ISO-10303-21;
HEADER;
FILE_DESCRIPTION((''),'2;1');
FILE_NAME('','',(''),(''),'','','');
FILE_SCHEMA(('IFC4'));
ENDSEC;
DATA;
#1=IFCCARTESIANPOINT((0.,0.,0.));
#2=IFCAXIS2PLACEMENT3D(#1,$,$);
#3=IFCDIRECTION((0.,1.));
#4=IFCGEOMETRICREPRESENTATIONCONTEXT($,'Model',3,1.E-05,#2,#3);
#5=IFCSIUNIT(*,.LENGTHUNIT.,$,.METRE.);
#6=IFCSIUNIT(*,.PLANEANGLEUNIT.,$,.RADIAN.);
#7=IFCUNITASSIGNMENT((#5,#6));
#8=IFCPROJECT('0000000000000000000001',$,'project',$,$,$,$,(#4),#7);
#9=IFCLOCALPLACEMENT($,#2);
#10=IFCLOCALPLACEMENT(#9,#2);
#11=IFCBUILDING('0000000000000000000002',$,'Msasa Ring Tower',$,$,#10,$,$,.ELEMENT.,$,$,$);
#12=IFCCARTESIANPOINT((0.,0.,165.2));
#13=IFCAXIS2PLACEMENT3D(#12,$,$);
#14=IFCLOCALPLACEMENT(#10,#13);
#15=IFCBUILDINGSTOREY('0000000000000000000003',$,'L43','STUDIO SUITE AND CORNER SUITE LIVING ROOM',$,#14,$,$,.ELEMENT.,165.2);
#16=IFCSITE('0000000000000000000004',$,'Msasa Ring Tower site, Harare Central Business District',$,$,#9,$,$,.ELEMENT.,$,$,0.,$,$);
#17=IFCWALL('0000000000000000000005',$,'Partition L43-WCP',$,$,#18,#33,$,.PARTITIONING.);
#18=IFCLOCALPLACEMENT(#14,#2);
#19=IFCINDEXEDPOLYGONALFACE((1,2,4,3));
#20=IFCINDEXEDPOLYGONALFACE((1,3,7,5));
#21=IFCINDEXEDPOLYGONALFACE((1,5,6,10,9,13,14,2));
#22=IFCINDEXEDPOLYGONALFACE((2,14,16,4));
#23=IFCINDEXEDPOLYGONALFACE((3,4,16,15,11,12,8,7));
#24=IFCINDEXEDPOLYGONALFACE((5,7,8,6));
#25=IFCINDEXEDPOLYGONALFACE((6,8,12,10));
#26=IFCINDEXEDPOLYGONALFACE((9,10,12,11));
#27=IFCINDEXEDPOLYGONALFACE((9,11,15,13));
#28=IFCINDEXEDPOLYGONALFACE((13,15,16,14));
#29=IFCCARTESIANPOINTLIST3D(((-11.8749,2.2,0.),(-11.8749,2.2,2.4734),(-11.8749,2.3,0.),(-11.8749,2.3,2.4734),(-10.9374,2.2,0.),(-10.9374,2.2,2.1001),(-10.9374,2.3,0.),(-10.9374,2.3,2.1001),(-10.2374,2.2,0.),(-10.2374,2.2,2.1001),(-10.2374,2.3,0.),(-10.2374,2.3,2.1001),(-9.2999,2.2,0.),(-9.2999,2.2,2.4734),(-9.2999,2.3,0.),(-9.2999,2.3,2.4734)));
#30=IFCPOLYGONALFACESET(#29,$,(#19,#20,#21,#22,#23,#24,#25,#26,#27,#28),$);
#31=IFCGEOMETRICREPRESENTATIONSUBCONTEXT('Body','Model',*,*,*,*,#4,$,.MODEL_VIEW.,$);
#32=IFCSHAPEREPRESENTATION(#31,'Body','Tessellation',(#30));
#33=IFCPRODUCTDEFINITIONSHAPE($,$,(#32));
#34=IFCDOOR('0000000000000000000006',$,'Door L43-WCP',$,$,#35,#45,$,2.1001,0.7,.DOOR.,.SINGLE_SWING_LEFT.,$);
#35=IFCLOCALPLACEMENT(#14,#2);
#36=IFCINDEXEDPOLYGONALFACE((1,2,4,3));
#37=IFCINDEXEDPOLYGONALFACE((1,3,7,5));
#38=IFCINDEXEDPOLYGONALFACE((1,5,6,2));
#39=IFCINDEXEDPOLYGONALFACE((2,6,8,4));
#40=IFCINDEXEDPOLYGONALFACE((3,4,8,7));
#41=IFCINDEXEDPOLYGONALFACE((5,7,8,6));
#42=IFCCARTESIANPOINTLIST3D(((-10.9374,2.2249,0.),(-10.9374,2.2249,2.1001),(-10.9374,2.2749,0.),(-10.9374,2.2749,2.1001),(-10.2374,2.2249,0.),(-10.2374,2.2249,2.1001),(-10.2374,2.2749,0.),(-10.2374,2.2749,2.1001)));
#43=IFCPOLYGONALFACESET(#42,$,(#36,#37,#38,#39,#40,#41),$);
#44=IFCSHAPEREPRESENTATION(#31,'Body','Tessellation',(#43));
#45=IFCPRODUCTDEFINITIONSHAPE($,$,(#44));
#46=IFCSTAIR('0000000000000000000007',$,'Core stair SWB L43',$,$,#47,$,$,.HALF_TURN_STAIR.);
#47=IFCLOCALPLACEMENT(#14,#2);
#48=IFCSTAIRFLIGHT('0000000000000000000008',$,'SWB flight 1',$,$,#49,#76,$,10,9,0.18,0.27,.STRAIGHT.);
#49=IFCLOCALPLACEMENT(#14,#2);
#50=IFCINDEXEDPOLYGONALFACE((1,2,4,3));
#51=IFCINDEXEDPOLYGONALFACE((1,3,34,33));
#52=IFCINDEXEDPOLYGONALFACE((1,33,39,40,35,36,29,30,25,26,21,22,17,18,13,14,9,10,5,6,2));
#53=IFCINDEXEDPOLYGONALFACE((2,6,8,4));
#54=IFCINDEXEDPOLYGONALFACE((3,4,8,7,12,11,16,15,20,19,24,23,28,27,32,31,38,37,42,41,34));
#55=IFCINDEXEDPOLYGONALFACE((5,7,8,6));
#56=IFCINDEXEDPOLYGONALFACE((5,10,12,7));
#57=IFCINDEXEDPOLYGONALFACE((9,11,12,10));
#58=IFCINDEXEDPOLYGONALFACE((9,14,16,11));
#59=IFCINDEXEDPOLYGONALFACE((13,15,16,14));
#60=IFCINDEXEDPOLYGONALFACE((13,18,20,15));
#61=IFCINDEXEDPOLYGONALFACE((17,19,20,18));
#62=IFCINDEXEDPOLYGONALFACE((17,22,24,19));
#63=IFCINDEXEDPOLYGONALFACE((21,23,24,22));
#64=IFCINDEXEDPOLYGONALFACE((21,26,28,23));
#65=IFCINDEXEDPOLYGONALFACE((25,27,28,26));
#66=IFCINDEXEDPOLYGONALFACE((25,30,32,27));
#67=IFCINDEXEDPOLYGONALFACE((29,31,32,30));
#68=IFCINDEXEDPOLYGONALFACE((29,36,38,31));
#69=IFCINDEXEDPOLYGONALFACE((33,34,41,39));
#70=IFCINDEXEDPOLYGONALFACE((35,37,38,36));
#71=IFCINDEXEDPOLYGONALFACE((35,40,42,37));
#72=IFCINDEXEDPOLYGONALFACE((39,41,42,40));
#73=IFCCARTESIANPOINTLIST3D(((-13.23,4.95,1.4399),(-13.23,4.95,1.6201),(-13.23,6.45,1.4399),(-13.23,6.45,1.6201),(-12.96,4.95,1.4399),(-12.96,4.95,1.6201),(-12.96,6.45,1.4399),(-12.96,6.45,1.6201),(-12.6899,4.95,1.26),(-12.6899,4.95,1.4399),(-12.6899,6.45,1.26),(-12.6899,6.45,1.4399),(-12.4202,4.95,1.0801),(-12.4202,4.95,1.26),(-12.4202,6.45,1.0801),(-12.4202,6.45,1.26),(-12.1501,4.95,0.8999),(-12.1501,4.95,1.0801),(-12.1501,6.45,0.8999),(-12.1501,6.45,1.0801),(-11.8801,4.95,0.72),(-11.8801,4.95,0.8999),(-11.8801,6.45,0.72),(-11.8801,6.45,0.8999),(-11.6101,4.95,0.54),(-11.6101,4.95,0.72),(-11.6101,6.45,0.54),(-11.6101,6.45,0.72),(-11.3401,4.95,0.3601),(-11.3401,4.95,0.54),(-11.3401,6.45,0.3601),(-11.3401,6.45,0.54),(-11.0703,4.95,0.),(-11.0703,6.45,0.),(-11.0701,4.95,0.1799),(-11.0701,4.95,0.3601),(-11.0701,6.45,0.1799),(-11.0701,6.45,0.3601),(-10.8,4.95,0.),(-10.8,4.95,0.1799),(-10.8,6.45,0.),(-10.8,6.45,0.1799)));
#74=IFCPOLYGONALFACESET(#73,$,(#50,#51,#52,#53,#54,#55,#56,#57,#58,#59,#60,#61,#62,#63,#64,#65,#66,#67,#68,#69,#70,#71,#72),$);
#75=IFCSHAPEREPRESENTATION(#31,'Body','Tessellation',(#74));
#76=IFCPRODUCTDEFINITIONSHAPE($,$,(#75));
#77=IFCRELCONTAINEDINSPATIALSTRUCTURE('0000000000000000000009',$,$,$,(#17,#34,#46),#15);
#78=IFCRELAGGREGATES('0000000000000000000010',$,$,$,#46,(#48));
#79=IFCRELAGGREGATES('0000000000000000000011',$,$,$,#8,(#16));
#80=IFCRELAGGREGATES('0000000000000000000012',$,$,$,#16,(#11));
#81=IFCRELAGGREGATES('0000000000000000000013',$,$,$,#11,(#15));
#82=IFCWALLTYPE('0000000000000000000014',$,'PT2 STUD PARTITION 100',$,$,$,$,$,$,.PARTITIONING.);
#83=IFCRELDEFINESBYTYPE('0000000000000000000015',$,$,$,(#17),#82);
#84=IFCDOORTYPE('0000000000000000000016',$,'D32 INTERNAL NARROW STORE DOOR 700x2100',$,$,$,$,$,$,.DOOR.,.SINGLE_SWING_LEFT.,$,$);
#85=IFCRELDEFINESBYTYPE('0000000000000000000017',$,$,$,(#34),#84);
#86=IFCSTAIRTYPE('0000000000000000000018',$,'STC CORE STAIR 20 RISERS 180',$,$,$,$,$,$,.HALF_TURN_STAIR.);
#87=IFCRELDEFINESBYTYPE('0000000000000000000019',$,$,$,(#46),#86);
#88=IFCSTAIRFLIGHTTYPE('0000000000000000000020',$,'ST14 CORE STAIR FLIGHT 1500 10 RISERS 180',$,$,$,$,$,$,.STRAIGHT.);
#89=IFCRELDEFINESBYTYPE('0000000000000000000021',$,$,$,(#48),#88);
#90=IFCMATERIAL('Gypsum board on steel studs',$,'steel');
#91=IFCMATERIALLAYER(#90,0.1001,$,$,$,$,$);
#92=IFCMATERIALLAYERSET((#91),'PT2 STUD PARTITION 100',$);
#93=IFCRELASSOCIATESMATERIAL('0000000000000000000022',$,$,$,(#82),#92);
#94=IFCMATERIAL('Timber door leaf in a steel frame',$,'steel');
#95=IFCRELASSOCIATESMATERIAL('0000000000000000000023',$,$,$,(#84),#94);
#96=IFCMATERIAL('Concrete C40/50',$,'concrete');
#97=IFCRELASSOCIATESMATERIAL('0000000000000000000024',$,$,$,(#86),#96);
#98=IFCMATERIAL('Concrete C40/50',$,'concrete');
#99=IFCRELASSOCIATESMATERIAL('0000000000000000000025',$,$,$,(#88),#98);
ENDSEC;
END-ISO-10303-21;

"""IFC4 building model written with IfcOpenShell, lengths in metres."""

from ifc_helpers import new_model, si_unit, direction, frame, frame_2d, origin, place, context, subcontext, project, spatial, polyline, rectangle, outline, extrude, material, layer, layer_set, type_object, element, fill, aggregate, save


model = new_model("IFC4")

# Units and contexts
model_context = context("Model", 3, precision=1e-05, world=origin(), true_north=direction((0.0, 1.0)))
body_context = subcontext(model_context, "Body", "Model", "MODEL_VIEW")
ifc_project = project(units=[si_unit("LENGTHUNIT", "METRE"), si_unit("PLANEANGLEUNIT", "RADIAN")], contexts=[model_context])

# Site, building, storey
site_placement = place(None, origin())
site = spatial("IfcSite", under=ifc_project, at=site_placement, Name="Msasa Ring Tower site, Harare Central Business District", CompositionType="ELEMENT", RefElevation=0.0)
building_placement = place(site_placement, origin())
building = spatial("IfcBuilding", under=site, at=building_placement, Name="Msasa Ring Tower", CompositionType="ELEMENT")
storey_placement = place(building_placement, frame((0.0, 0.0, 165.2)))
storey = spatial("IfcBuildingStorey", under=building, at=storey_placement, Name="L43", Description="STUDIO SUITE AND CORNER SUITE LIVING ROOM", CompositionType="ELEMENT", Elevation=165.2)

# Wall, opening, door
ifc_material_1 = material(Name="Gypsum board on steel studs", Category="steel")
ifc_layer_1 = layer(ifc_material_1, 0.1001)
ifc_layer_set_1 = layer_set([ifc_layer_1], Name="PT2 STUD PARTITION 100")
wall_type_1 = type_object("IfcWallType", Name="PT2 STUD PARTITION 100", PredefinedType="PARTITIONING", material=ifc_layer_set_1)
wall_1_placement = place(storey_placement, frame((-11.875, 2.25, 0.0), z_axis=(0.0, 0.0, 1.0), x_axis=(1.0, 0.0, 0.0)))
wall_1 = element("IfcWall", 1, at=wall_1_placement, inside=storey, type_object=wall_type_1, Name="Partition L43-WCP", PredefinedType="PARTITIONING", context=body_context, shape_type="SweptSolid", body=[
    extrude(rectangle(XDim=2.575, YDim=0.1001, at=frame_2d((1.2876, 0.0))), origin(), (0.0, 0.0, 1.0), 2.4734),
])
opening_1_placement = place(wall_1_placement, frame((0.9375, 0.0, 0.0)))
opening_1 = element("IfcOpeningElement", 2, at=opening_1_placement, cuts=wall_1, PredefinedType="OPENING", context=body_context, shape_type="SweptSolid", body=[
    extrude(rectangle(XDim=0.7, YDim=2.1001, at=frame_2d((0.3501, 1.05))), frame((0.0, 0.0601, 0.0), z_axis=(0.0, -1.0, 0.0), x_axis=(1.0, 0.0, 0.0)), (0.0, 0.0, 1.0), 0.1201),
])
ifc_material_2 = material(Name="Timber door leaf in a steel frame", Category="steel")
door_type_1 = type_object("IfcDoorType", Name="D32 INTERNAL NARROW STORE DOOR 700x2100", OperationType="SINGLE_SWING_LEFT", PredefinedType="DOOR", material=ifc_material_2)
door_1_placement = place(opening_1_placement, origin())
door_1 = element("IfcDoor", 3, at=door_1_placement, inside=storey, type_object=door_type_1, Name="Door L43-WCP", OperationType="SINGLE_SWING_LEFT", OverallHeight=2.1001, OverallWidth=0.7, PredefinedType="DOOR", context=body_context, shape_type="SweptSolid", body=[
    extrude(rectangle(XDim=0.7, YDim=2.1001, at=frame_2d((0.3501, 1.05))), frame((0.0, 0.0249, 0.0), z_axis=(0.0, -1.0, 0.0), x_axis=(1.0, 0.0, 0.0)), (0.0, 0.0, 1.0), 0.05),
])
fill(opening_1, door_1)

# Stair, stair flight
ifc_material_3 = material(Name="Concrete C40/50", Category="concrete")
stair_type = type_object("IfcStairType", Name="STC CORE STAIR 20 RISERS 180", PredefinedType="HALF_TURN_STAIR", material=ifc_material_3)
stair_placement = place(storey_placement, origin())
stair = element("IfcStair", 4, at=stair_placement, inside=storey, type_object=stair_type, Name="Core stair SWB L43", PredefinedType="HALF_TURN_STAIR")
ifc_material_4 = material(Name="Concrete C40/50", Category="concrete")
stair_flight_type = type_object("IfcStairFlightType", Name="ST14 CORE STAIR FLIGHT 1500 10 RISERS 180", PredefinedType="STRAIGHT", material=ifc_material_4)
stair_flight_placement = place(storey_placement, frame((-10.8, 5.7, 0.0), z_axis=(0.0, 0.0, 1.0), x_axis=(-1.0, 0.0, 0.0)))
stair_flight = element("IfcStairFlight", 5, at=stair_flight_placement, type_object=stair_flight_type, Name="SWB flight 1", NumberOfRisers=10, NumberOfTreads=9, PredefinedType="STRAIGHT", RiserHeight=0.18, TreadLength=0.27, context=body_context, shape_type="SweptSolid", body=[
    extrude(outline(polyline([(0.0, 0.0), (0.0, 0.1799), (0.27, 0.1799), (0.27, 0.3601), (0.54, 0.3601), (0.54, 0.54), (0.8101, 0.54), (0.8101, 0.72), (1.0801, 0.72), (1.0801, 0.8999), (1.3501, 0.8999), (1.3501, 1.0801), (1.6201, 1.0801), (1.6201, 1.26), (1.8899, 1.26), (1.8899, 1.4399), (2.1599, 1.4399), (2.1599, 1.6201), (2.4299, 1.6201), (2.4299, 1.8), (2.4299, 1.4399), (0.2703, 0.0), (0.0, 0.0)])), frame((0.0, 0.75, 0.0), z_axis=(0.0, -1.0, 0.0), x_axis=(1.0, 0.0, 0.0)), (0.0, 0.0, 1.0), 1.5),
])
aggregate(stair, [stair_flight])

save(model, "model.ifc")
